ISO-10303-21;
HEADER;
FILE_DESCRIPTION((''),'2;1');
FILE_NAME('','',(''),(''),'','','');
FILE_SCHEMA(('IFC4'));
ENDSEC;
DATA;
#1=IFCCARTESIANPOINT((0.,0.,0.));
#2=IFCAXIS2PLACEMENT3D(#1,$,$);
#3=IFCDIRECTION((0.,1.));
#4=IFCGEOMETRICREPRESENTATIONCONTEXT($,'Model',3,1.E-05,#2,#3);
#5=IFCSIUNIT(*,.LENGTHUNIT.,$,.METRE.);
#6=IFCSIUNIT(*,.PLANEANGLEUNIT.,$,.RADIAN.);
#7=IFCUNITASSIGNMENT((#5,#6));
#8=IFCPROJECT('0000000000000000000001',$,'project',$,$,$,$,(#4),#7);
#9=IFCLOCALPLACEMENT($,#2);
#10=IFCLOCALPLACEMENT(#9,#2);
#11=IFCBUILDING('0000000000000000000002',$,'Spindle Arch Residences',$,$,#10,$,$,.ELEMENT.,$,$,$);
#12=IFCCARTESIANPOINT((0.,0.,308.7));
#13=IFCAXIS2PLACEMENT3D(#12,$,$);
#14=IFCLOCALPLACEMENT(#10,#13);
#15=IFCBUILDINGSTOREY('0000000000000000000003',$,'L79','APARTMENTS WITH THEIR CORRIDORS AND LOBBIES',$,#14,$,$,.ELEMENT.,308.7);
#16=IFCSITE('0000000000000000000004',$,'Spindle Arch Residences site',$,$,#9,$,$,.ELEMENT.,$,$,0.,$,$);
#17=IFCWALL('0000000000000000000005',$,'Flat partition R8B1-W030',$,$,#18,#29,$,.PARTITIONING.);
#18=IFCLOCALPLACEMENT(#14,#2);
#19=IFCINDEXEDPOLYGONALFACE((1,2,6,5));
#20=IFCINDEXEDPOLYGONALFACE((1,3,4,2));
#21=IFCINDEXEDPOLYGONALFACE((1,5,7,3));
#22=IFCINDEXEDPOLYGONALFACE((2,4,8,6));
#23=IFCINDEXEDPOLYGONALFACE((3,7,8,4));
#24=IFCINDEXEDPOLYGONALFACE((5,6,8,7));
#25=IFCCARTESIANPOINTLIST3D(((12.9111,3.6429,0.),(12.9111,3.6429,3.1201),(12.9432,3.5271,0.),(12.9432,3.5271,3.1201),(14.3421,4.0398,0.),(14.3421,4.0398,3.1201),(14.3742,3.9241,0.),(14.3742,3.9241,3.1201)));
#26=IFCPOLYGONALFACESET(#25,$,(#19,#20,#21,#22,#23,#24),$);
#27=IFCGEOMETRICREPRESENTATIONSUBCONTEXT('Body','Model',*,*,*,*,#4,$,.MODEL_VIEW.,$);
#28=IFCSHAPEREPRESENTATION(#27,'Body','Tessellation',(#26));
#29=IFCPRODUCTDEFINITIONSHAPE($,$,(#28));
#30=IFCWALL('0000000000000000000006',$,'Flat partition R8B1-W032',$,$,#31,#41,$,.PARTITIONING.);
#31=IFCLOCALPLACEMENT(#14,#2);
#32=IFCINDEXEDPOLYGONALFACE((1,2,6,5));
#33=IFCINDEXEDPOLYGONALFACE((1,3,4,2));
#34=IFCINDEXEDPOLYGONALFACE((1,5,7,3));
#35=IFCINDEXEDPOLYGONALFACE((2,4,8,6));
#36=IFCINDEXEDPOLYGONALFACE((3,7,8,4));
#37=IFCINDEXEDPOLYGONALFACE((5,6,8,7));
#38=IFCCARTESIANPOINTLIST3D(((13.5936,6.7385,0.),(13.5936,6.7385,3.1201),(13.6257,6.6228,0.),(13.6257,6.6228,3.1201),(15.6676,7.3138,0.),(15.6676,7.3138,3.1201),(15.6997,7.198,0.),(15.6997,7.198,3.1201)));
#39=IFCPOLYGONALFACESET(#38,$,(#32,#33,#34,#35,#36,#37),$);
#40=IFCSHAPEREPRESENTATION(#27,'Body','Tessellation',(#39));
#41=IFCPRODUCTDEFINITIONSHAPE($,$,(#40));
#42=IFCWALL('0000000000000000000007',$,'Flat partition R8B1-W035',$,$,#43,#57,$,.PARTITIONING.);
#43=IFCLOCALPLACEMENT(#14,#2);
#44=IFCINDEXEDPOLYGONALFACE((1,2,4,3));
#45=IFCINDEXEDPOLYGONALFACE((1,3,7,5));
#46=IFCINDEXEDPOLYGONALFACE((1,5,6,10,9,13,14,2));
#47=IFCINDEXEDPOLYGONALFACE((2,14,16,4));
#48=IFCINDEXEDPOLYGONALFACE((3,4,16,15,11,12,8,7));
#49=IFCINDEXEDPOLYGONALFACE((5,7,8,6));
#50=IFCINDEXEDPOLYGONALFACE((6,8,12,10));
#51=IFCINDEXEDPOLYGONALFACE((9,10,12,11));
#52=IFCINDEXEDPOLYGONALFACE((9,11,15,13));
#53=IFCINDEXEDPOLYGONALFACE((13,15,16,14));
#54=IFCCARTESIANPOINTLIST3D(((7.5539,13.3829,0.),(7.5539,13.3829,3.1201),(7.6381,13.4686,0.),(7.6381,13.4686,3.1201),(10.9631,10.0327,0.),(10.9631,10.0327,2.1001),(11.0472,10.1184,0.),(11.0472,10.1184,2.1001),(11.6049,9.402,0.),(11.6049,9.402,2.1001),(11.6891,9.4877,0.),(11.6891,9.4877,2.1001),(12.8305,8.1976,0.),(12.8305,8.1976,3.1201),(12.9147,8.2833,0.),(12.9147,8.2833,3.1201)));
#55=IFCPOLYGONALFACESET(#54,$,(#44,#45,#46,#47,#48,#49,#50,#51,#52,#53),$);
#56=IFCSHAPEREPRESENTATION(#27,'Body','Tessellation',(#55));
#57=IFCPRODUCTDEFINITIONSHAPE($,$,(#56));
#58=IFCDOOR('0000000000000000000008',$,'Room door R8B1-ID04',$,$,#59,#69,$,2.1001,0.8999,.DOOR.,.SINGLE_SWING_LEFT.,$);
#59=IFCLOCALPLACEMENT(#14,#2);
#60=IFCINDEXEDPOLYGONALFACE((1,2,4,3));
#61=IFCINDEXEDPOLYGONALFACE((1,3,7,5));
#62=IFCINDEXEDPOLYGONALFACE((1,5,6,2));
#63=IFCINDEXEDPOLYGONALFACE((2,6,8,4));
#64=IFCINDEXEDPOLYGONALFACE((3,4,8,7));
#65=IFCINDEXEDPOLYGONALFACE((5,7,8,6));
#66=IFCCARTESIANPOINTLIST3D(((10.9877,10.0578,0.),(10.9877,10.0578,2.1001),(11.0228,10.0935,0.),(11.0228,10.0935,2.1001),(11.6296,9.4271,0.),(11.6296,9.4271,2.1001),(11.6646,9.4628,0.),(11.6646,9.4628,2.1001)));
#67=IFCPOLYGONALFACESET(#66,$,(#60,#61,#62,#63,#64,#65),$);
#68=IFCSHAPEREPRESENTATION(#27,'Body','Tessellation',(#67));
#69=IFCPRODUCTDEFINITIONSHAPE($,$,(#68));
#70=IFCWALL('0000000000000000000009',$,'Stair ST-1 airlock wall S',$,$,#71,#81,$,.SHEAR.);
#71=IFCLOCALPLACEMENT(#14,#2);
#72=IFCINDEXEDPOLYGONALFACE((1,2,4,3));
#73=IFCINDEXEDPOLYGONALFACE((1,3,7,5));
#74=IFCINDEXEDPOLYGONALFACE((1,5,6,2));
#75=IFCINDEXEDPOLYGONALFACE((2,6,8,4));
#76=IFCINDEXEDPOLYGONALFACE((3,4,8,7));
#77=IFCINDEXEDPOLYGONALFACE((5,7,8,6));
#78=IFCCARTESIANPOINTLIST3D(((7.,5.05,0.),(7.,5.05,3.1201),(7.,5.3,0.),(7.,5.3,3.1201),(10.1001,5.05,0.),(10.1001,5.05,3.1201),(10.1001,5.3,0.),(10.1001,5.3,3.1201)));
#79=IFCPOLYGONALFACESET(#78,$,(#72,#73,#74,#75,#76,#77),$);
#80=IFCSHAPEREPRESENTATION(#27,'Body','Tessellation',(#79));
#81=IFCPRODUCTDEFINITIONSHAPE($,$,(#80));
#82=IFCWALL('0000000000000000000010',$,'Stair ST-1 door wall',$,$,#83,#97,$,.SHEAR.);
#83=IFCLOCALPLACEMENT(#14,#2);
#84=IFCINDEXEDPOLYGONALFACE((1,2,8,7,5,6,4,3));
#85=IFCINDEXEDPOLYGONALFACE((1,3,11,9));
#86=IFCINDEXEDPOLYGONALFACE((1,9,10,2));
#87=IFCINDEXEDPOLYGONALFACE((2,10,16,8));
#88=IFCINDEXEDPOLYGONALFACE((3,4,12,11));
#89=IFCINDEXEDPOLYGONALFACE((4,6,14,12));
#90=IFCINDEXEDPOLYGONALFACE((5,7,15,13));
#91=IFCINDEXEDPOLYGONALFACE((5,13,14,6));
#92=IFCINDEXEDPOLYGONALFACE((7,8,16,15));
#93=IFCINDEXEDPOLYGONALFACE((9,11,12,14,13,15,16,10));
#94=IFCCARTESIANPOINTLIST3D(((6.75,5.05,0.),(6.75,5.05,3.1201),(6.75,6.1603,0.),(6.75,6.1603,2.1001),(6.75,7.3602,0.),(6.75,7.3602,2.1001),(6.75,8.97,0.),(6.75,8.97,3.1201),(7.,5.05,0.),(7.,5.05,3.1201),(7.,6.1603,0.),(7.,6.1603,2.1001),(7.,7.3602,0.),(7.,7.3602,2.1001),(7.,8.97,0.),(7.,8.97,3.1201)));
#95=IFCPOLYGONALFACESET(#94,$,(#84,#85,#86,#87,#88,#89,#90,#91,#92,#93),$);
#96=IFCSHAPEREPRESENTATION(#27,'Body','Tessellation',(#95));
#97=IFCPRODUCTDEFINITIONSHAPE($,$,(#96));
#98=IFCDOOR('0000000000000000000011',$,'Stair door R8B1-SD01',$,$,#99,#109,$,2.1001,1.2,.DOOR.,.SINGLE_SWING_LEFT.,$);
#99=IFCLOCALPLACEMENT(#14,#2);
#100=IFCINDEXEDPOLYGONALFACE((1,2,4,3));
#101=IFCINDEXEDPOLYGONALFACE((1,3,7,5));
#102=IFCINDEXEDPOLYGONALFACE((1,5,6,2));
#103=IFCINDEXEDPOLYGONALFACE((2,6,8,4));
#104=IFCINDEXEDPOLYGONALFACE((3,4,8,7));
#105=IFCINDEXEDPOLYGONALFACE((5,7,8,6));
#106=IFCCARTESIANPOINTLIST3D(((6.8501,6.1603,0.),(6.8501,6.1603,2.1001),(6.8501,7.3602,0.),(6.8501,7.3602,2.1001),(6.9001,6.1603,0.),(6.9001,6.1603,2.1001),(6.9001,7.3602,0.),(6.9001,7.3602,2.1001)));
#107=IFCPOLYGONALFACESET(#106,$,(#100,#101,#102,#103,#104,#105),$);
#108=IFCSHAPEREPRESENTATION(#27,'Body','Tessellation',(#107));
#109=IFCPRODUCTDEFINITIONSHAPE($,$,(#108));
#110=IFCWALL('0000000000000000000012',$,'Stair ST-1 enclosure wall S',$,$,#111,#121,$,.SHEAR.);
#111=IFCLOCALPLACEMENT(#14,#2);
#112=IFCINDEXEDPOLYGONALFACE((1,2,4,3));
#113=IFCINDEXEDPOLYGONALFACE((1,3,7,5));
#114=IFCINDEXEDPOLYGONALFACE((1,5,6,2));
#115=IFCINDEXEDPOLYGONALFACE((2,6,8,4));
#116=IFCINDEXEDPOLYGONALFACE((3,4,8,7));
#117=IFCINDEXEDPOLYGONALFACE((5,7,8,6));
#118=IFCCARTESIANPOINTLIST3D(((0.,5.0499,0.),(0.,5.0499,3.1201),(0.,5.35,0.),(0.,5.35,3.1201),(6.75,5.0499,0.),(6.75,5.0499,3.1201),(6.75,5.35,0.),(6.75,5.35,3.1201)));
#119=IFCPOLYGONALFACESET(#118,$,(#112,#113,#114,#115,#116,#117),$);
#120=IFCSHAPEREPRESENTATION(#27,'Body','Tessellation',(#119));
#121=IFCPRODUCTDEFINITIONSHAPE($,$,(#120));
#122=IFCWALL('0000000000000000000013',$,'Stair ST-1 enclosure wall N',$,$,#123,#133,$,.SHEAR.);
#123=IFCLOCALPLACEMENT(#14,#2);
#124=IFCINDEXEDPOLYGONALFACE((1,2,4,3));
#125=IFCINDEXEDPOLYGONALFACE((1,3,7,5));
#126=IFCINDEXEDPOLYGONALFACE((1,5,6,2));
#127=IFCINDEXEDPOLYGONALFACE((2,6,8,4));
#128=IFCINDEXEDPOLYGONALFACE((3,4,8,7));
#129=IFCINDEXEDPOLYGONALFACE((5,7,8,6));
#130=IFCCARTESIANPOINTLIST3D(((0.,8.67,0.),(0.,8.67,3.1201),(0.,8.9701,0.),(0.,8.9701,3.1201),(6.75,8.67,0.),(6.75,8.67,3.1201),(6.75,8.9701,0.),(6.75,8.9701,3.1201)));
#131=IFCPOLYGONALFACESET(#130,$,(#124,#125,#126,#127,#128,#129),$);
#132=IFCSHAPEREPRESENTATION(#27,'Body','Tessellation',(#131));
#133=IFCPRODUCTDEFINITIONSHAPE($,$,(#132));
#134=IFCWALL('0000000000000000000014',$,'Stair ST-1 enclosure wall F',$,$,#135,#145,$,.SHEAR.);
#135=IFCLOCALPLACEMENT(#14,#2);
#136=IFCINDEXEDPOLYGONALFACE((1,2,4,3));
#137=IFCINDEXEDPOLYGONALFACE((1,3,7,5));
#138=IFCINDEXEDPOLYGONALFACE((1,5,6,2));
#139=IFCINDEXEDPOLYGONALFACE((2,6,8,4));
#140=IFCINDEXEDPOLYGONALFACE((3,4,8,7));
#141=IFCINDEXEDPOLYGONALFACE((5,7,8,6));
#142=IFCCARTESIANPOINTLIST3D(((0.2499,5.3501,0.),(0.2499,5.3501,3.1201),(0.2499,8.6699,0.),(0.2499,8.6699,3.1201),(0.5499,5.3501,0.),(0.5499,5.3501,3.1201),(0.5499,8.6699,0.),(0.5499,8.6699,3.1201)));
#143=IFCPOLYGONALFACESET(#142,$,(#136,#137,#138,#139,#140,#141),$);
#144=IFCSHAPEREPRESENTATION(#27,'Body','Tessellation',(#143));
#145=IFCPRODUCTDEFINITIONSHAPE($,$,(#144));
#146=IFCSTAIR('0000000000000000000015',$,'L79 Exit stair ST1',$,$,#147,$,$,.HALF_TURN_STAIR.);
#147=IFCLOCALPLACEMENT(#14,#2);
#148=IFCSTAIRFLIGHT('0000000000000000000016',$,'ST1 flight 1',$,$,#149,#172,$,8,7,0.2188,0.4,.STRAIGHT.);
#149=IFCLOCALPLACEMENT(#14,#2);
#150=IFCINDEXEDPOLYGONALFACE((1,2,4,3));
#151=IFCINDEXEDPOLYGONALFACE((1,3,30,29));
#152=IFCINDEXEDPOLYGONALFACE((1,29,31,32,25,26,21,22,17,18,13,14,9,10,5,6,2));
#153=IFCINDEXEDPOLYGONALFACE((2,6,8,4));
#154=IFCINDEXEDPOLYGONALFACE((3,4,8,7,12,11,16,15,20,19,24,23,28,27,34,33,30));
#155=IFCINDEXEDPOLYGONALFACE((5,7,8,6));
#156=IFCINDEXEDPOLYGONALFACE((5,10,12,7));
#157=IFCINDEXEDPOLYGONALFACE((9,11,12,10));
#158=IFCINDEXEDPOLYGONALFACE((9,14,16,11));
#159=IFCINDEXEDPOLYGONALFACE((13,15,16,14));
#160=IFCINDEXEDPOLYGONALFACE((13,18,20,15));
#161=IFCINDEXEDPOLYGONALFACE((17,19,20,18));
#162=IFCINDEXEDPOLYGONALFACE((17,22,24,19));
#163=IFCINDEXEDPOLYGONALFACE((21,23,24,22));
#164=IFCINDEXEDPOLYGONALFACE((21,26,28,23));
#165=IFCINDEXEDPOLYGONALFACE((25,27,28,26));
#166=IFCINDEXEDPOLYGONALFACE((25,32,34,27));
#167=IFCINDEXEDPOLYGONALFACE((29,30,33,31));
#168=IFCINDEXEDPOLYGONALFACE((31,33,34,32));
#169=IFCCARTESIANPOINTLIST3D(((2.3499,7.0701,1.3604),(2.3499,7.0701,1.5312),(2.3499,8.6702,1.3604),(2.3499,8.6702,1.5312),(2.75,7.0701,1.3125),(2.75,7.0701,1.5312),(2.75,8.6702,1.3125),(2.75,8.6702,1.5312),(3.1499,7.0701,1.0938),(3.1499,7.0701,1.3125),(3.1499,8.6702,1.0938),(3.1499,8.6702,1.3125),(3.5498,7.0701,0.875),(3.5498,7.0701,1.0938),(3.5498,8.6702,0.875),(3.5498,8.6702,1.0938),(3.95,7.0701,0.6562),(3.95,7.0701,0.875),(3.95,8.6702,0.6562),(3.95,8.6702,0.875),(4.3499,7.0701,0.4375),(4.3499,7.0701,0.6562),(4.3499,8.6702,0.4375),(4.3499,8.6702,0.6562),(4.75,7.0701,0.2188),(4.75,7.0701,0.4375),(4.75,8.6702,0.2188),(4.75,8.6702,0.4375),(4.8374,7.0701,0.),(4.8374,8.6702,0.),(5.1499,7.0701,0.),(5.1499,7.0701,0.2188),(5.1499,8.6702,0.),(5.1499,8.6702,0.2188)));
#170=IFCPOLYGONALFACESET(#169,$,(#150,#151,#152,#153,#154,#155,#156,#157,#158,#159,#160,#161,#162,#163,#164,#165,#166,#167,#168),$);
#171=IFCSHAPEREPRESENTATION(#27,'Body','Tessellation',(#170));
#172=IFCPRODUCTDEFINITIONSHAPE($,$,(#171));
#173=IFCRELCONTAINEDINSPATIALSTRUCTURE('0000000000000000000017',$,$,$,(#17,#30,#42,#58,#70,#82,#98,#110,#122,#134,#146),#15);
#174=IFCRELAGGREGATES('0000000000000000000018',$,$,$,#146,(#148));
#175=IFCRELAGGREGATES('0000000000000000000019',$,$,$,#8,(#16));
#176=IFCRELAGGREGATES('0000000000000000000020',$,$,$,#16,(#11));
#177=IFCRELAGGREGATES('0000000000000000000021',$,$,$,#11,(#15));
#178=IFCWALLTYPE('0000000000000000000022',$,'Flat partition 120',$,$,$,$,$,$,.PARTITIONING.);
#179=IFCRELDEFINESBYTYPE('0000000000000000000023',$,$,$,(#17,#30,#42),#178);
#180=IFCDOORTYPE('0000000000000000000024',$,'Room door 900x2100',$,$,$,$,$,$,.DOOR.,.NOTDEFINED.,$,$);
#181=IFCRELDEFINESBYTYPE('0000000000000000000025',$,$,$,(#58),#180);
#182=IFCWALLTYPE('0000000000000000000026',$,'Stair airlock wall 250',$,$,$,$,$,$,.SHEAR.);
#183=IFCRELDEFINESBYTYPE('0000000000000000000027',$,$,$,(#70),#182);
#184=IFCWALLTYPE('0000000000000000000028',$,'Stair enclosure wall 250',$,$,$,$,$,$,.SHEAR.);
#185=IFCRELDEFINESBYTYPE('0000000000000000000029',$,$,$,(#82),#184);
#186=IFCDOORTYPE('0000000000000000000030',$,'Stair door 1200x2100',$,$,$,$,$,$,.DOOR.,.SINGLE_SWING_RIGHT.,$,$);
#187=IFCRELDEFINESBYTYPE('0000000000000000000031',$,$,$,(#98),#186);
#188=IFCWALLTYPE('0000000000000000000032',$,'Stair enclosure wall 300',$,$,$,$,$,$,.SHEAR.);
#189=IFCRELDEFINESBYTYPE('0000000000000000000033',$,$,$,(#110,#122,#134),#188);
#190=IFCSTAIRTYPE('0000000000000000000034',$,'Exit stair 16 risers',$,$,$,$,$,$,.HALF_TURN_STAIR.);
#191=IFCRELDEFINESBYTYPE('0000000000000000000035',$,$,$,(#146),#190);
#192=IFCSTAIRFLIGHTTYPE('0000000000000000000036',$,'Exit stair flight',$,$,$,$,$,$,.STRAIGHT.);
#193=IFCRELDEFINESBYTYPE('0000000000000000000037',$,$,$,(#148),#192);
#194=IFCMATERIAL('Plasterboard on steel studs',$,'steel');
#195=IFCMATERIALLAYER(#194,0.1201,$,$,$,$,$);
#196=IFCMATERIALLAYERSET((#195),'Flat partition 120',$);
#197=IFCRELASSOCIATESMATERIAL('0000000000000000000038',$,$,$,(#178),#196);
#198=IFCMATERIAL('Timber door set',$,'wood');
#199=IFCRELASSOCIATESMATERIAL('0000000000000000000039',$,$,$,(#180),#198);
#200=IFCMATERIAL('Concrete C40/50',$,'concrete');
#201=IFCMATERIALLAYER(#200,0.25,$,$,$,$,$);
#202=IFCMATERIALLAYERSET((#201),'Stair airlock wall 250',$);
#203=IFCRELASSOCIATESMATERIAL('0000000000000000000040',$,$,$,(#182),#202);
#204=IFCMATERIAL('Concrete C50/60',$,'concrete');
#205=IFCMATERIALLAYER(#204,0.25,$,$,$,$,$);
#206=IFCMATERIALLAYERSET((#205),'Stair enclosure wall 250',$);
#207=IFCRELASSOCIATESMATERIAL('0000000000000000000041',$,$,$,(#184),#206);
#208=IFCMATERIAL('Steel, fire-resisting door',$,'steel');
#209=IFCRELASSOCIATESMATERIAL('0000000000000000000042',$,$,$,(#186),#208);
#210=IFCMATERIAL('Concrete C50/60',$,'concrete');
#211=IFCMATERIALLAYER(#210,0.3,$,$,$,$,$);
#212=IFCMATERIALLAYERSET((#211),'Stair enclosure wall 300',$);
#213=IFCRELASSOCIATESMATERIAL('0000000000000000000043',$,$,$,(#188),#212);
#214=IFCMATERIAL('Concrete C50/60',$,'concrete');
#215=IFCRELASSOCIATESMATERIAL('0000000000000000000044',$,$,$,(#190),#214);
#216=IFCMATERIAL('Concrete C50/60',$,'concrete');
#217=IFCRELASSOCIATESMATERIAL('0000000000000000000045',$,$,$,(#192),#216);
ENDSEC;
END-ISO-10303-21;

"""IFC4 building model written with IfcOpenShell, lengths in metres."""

from ifc_helpers import new_model, si_unit, direction, frame, frame_2d, origin, place, context, subcontext, project, spatial, polyline, rectangle, outline, extrude, material, layer, layer_set, type_object, element, fill, aggregate, save


model = new_model("IFC4")

# Units and contexts
model_context = context("Model", 3, precision=1e-05, world=origin(), true_north=direction((0.0, 1.0)))
body_context = subcontext(model_context, "Body", "Model", "MODEL_VIEW")
ifc_project = project(units=[si_unit("LENGTHUNIT", "METRE"), si_unit("PLANEANGLEUNIT", "RADIAN")], contexts=[model_context])

# Site, building, storey
site_placement = place(None, origin())
site = spatial("IfcSite", under=ifc_project, at=site_placement, Name="Spindle Arch Residences site", CompositionType="ELEMENT", RefElevation=0.0)
building_placement = place(site_placement, origin())
building = spatial("IfcBuilding", under=site, at=building_placement, Name="Spindle Arch Residences", CompositionType="ELEMENT")
storey_placement = place(building_placement, frame((0.0, 0.0, 308.7)))
storey = spatial("IfcBuildingStorey", under=building, at=storey_placement, Name="L79", Description="APARTMENTS WITH THEIR CORRIDORS AND LOBBIES", CompositionType="ELEMENT", Elevation=308.7)

# Walls
ifc_material_1 = material(Name="Plasterboard on steel studs", Category="steel")
ifc_layer_1 = layer(ifc_material_1, 0.1201)
ifc_layer_set_1 = layer_set([ifc_layer_1], Name="Flat partition 120")
wall_type_1 = type_object("IfcWallType", Name="Flat partition 120", PredefinedType="PARTITIONING", material=ifc_layer_set_1)
wall_1_placement = place(storey_placement, frame((12.927, 3.585, 0.0), z_axis=(0.0, 0.0, 1.0), x_axis=(0.963617, 0.267288, 0.0)))
element("IfcWall", 1, at=wall_1_placement, inside=storey, type_object=wall_type_1, Name="Flat partition R8B1-W030", PredefinedType="PARTITIONING", context=body_context, shape_type="SweptSolid", body=[
    extrude(rectangle(XDim=1.4851, YDim=0.1201, at=frame_2d((0.7427, 0.0))), origin(), (0.0, 0.0, 1.0), 3.1201),
])
wall_2_placement = place(storey_placement, frame((13.6096, 6.6807, 0.0), z_axis=(0.0, 0.0, 1.0), x_axis=(0.963627, 0.267252, 0.0)))
element("IfcWall", 2, at=wall_2_placement, inside=storey, type_object=wall_type_1, Name="Flat partition R8B1-W032", PredefinedType="PARTITIONING", context=body_context, shape_type="SweptSolid", body=[
    extrude(rectangle(XDim=2.1523, YDim=0.1201, at=frame_2d((1.0762, 0.0))), origin(), (0.0, 0.0, 1.0), 3.1201),
])

# Wall, opening, door
wall_3_placement = place(storey_placement, frame((12.8726, 8.2405, 0.0), z_axis=(0.0, 0.0, 1.0), x_axis=(-0.713251, 0.700909, 0.0)))
wall_3 = element("IfcWall", 3, at=wall_3_placement, inside=storey, type_object=wall_type_1, Name="Flat partition R8B1-W035", PredefinedType="PARTITIONING", context=body_context, shape_type="SweptSolid", body=[
    extrude(rectangle(XDim=7.3979, YDim=0.1201, at=frame_2d((3.699, 0.0))), origin(), (0.0, 0.0, 1.0), 3.1201),
])
opening_1_placement = place(wall_3_placement, frame((1.7183, 0.0, 0.0)))
opening_1 = element("IfcOpeningElement", 4, at=opening_1_placement, cuts=wall_3, PredefinedType="OPENING", context=body_context, shape_type="SweptSolid", body=[
    extrude(rectangle(XDim=0.8999, YDim=2.1001, at=frame_2d((0.45, 1.05))), frame((0.0, 0.0701, 0.0), z_axis=(0.0, -1.0, 0.0), x_axis=(1.0, 0.0, 0.0)), (0.0, 0.0, 1.0), 0.1401),
])
ifc_material_2 = material(Name="Timber door set", Category="wood")
door_type_1 = type_object("IfcDoorType", Name="Room door 900x2100", OperationType="NOTDEFINED", PredefinedType="DOOR", material=ifc_material_2)
door_1_placement = place(opening_1_placement, origin())
door_1 = element("IfcDoor", 5, at=door_1_placement, inside=storey, type_object=door_type_1, Name="Room door R8B1-ID04", OperationType="SINGLE_SWING_LEFT", OverallHeight=2.1001, OverallWidth=0.8999, PredefinedType="DOOR", context=body_context, shape_type="SweptSolid", body=[
    extrude(rectangle(XDim=0.8999, YDim=2.1001, at=frame_2d((0.45, 1.05))), frame((0.0, 0.0249, 0.0), z_axis=(0.0, -1.0, 0.0), x_axis=(1.0, 0.0, 0.0)), (0.0, 0.0, 1.0), 0.05),
])
fill(opening_1, door_1)

# Wall
ifc_material_3 = material(Name="Concrete C40/50", Category="concrete")
ifc_layer_2 = layer(ifc_material_3, 0.25)
ifc_layer_set_2 = layer_set([ifc_layer_2], Name="Stair airlock wall 250")
wall_type_2 = type_object("IfcWallType", Name="Stair airlock wall 250", PredefinedType="SHEAR", material=ifc_layer_set_2)
wall_4_placement = place(storey_placement, frame((7.0, 5.175, 0.0), z_axis=(0.0, 0.0, 1.0), x_axis=(1.0, 0.0, 0.0)))
element("IfcWall", 6, at=wall_4_placement, inside=storey, type_object=wall_type_2, Name="Stair ST-1 airlock wall S", PredefinedType="SHEAR", context=body_context, shape_type="SweptSolid", body=[
    extrude(rectangle(XDim=3.1001, YDim=0.25, at=frame_2d((1.55, 0.0))), origin(), (0.0, 0.0, 1.0), 3.1201),
])

# Wall, opening, door
ifc_material_4 = material(Name="Concrete C50/60", Category="concrete")
ifc_layer_3 = layer(ifc_material_4, 0.25)
ifc_layer_set_3 = layer_set([ifc_layer_3], Name="Stair enclosure wall 250")
wall_type_3 = type_object("IfcWallType", Name="Stair enclosure wall 250", PredefinedType="SHEAR", material=ifc_layer_set_3)
wall_5_placement = place(storey_placement, frame((6.875, 5.05, 0.0), z_axis=(0.0, 0.0, 1.0), x_axis=(0.0, 1.0, 0.0)))
wall_5 = element("IfcWall", 7, at=wall_5_placement, inside=storey, type_object=wall_type_3, Name="Stair ST-1 door wall", PredefinedType="SHEAR", context=body_context, shape_type="SweptSolid", body=[
    extrude(rectangle(XDim=3.9199, YDim=0.25, at=frame_2d((1.96, 0.0))), origin(), (0.0, 0.0, 1.0), 3.1201),
])
opening_2_placement = place(wall_5_placement, frame((1.1101, 0.0, 0.0)))
opening_2 = element("IfcOpeningElement", 8, at=opening_2_placement, cuts=wall_5, PredefinedType="OPENING", context=body_context, shape_type="SweptSolid", body=[
    extrude(rectangle(XDim=1.2, YDim=2.1001, at=frame_2d((0.6001, 1.05))), frame((0.0, 0.135, 0.0), z_axis=(0.0, -1.0, 0.0), x_axis=(1.0, 0.0, 0.0)), (0.0, 0.0, 1.0), 0.27),
])
ifc_material_5 = material(Name="Steel, fire-resisting door", Category="steel")
door_type_2 = type_object("IfcDoorType", Name="Stair door 1200x2100", OperationType="SINGLE_SWING_RIGHT", PredefinedType="DOOR", material=ifc_material_5)
door_2_placement = place(opening_2_placement, origin())
door_2 = element("IfcDoor", 9, at=door_2_placement, inside=storey, type_object=door_type_2, Name="Stair door R8B1-SD01", OperationType="SINGLE_SWING_LEFT", OverallHeight=2.1001, OverallWidth=1.2, PredefinedType="DOOR", context=body_context, shape_type="SweptSolid", body=[
    extrude(rectangle(XDim=1.2, YDim=2.1001, at=frame_2d((0.6001, 1.05))), frame((0.0, 0.0249, 0.0), z_axis=(0.0, -1.0, 0.0), x_axis=(1.0, 0.0, 0.0)), (0.0, 0.0, 1.0), 0.05),
])
fill(opening_2, door_2)

# Walls
ifc_material_6 = material(Name="Concrete C50/60", Category="concrete")
ifc_layer_4 = layer(ifc_material_6, 0.3)
ifc_layer_set_4 = layer_set([ifc_layer_4], Name="Stair enclosure wall 300")
wall_type_4 = type_object("IfcWallType", Name="Stair enclosure wall 300", PredefinedType="SHEAR", material=ifc_layer_set_4)
for number, where, z_axis, x_axis, name in (
    (10, (0.0, 5.2, 0.0), (0.0, 0.0, 1.0), (1.0, 0.0, 0.0), "Stair ST-1 enclosure wall S"),
    (11, (0.0, 8.8201, 0.0), (0.0, 0.0, 1.0), (1.0, 0.0, 0.0), "Stair ST-1 enclosure wall N"),
):
    element("IfcWall", number, at=place(storey_placement, frame(where, z_axis=z_axis, x_axis=x_axis)), inside=storey, type_object=wall_type_4, Name=name, PredefinedType="SHEAR", context=body_context, shape_type="SweptSolid", body=[
        extrude(rectangle(XDim=6.75, YDim=0.3, at=frame_2d((3.375, 0.0))), origin(), (0.0, 0.0, 1.0), 3.1201),
    ])
wall_6_placement = place(storey_placement, frame((0.3999, 5.3501, 0.0), z_axis=(0.0, 0.0, 1.0), x_axis=(0.0, 1.0, 0.0)))
element("IfcWall", 12, at=wall_6_placement, inside=storey, type_object=wall_type_4, Name="Stair ST-1 enclosure wall F", PredefinedType="SHEAR", context=body_context, shape_type="SweptSolid", body=[
    extrude(rectangle(XDim=3.3198, YDim=0.3, at=frame_2d((1.6599, 0.0))), origin(), (0.0, 0.0, 1.0), 3.1201),
])

# Stair, stair flight
ifc_material_7 = material(Name="Concrete C50/60", Category="concrete")
stair_type = type_object("IfcStairType", Name="Exit stair 16 risers", PredefinedType="HALF_TURN_STAIR", material=ifc_material_7)
stair_placement = place(storey_placement, origin())
stair = element("IfcStair", 13, at=stair_placement, inside=storey, type_object=stair_type, Name="L79 Exit stair ST1", PredefinedType="HALF_TURN_STAIR")
ifc_material_8 = material(Name="Concrete C50/60", Category="concrete")
stair_flight_type = type_object("IfcStairFlightType", Name="Exit stair flight", PredefinedType="STRAIGHT", material=ifc_material_8)
stair_flight_1_placement = place(storey_placement, frame((5.1499, 7.8701, 0.0), z_axis=(0.0, 0.0, 1.0), x_axis=(-1.0, 0.0, 0.0)))
stair_flight_1 = element("IfcStairFlight", 14, at=stair_flight_1_placement, type_object=stair_flight_type, Name="ST1 flight 1", NumberOfRisers=8, NumberOfTreads=7, PredefinedType="STRAIGHT", RiserHeight=0.2188, TreadLength=0.4, context=body_context, shape_type="SweptSolid", body=[
    extrude(outline(polyline([(0.0, 0.0), (0.0, 0.2188), (0.3999, 0.2188), (0.3999, 0.4375), (0.8, 0.4375), (0.8, 0.6562), (1.2, 0.6562), (1.2, 0.875), (1.6001, 0.875), (1.6001, 1.0938), (2.0, 1.0938), (2.0, 1.3125), (2.3999, 1.3125), (2.3999, 1.5312), (2.8, 1.5312), (2.8, 1.75), (2.8, 1.3604), (0.3125, 0.0), (0.0, 0.0)])), frame((0.0, 0.8, 0.0), z_axis=(0.0, -1.0, 0.0), x_axis=(1.0, 0.0, 0.0)), (0.0, 0.0, 1.0), 1.6001),
])
aggregate(stair, [stair_flight_1])

save(model, "model.ifc")
